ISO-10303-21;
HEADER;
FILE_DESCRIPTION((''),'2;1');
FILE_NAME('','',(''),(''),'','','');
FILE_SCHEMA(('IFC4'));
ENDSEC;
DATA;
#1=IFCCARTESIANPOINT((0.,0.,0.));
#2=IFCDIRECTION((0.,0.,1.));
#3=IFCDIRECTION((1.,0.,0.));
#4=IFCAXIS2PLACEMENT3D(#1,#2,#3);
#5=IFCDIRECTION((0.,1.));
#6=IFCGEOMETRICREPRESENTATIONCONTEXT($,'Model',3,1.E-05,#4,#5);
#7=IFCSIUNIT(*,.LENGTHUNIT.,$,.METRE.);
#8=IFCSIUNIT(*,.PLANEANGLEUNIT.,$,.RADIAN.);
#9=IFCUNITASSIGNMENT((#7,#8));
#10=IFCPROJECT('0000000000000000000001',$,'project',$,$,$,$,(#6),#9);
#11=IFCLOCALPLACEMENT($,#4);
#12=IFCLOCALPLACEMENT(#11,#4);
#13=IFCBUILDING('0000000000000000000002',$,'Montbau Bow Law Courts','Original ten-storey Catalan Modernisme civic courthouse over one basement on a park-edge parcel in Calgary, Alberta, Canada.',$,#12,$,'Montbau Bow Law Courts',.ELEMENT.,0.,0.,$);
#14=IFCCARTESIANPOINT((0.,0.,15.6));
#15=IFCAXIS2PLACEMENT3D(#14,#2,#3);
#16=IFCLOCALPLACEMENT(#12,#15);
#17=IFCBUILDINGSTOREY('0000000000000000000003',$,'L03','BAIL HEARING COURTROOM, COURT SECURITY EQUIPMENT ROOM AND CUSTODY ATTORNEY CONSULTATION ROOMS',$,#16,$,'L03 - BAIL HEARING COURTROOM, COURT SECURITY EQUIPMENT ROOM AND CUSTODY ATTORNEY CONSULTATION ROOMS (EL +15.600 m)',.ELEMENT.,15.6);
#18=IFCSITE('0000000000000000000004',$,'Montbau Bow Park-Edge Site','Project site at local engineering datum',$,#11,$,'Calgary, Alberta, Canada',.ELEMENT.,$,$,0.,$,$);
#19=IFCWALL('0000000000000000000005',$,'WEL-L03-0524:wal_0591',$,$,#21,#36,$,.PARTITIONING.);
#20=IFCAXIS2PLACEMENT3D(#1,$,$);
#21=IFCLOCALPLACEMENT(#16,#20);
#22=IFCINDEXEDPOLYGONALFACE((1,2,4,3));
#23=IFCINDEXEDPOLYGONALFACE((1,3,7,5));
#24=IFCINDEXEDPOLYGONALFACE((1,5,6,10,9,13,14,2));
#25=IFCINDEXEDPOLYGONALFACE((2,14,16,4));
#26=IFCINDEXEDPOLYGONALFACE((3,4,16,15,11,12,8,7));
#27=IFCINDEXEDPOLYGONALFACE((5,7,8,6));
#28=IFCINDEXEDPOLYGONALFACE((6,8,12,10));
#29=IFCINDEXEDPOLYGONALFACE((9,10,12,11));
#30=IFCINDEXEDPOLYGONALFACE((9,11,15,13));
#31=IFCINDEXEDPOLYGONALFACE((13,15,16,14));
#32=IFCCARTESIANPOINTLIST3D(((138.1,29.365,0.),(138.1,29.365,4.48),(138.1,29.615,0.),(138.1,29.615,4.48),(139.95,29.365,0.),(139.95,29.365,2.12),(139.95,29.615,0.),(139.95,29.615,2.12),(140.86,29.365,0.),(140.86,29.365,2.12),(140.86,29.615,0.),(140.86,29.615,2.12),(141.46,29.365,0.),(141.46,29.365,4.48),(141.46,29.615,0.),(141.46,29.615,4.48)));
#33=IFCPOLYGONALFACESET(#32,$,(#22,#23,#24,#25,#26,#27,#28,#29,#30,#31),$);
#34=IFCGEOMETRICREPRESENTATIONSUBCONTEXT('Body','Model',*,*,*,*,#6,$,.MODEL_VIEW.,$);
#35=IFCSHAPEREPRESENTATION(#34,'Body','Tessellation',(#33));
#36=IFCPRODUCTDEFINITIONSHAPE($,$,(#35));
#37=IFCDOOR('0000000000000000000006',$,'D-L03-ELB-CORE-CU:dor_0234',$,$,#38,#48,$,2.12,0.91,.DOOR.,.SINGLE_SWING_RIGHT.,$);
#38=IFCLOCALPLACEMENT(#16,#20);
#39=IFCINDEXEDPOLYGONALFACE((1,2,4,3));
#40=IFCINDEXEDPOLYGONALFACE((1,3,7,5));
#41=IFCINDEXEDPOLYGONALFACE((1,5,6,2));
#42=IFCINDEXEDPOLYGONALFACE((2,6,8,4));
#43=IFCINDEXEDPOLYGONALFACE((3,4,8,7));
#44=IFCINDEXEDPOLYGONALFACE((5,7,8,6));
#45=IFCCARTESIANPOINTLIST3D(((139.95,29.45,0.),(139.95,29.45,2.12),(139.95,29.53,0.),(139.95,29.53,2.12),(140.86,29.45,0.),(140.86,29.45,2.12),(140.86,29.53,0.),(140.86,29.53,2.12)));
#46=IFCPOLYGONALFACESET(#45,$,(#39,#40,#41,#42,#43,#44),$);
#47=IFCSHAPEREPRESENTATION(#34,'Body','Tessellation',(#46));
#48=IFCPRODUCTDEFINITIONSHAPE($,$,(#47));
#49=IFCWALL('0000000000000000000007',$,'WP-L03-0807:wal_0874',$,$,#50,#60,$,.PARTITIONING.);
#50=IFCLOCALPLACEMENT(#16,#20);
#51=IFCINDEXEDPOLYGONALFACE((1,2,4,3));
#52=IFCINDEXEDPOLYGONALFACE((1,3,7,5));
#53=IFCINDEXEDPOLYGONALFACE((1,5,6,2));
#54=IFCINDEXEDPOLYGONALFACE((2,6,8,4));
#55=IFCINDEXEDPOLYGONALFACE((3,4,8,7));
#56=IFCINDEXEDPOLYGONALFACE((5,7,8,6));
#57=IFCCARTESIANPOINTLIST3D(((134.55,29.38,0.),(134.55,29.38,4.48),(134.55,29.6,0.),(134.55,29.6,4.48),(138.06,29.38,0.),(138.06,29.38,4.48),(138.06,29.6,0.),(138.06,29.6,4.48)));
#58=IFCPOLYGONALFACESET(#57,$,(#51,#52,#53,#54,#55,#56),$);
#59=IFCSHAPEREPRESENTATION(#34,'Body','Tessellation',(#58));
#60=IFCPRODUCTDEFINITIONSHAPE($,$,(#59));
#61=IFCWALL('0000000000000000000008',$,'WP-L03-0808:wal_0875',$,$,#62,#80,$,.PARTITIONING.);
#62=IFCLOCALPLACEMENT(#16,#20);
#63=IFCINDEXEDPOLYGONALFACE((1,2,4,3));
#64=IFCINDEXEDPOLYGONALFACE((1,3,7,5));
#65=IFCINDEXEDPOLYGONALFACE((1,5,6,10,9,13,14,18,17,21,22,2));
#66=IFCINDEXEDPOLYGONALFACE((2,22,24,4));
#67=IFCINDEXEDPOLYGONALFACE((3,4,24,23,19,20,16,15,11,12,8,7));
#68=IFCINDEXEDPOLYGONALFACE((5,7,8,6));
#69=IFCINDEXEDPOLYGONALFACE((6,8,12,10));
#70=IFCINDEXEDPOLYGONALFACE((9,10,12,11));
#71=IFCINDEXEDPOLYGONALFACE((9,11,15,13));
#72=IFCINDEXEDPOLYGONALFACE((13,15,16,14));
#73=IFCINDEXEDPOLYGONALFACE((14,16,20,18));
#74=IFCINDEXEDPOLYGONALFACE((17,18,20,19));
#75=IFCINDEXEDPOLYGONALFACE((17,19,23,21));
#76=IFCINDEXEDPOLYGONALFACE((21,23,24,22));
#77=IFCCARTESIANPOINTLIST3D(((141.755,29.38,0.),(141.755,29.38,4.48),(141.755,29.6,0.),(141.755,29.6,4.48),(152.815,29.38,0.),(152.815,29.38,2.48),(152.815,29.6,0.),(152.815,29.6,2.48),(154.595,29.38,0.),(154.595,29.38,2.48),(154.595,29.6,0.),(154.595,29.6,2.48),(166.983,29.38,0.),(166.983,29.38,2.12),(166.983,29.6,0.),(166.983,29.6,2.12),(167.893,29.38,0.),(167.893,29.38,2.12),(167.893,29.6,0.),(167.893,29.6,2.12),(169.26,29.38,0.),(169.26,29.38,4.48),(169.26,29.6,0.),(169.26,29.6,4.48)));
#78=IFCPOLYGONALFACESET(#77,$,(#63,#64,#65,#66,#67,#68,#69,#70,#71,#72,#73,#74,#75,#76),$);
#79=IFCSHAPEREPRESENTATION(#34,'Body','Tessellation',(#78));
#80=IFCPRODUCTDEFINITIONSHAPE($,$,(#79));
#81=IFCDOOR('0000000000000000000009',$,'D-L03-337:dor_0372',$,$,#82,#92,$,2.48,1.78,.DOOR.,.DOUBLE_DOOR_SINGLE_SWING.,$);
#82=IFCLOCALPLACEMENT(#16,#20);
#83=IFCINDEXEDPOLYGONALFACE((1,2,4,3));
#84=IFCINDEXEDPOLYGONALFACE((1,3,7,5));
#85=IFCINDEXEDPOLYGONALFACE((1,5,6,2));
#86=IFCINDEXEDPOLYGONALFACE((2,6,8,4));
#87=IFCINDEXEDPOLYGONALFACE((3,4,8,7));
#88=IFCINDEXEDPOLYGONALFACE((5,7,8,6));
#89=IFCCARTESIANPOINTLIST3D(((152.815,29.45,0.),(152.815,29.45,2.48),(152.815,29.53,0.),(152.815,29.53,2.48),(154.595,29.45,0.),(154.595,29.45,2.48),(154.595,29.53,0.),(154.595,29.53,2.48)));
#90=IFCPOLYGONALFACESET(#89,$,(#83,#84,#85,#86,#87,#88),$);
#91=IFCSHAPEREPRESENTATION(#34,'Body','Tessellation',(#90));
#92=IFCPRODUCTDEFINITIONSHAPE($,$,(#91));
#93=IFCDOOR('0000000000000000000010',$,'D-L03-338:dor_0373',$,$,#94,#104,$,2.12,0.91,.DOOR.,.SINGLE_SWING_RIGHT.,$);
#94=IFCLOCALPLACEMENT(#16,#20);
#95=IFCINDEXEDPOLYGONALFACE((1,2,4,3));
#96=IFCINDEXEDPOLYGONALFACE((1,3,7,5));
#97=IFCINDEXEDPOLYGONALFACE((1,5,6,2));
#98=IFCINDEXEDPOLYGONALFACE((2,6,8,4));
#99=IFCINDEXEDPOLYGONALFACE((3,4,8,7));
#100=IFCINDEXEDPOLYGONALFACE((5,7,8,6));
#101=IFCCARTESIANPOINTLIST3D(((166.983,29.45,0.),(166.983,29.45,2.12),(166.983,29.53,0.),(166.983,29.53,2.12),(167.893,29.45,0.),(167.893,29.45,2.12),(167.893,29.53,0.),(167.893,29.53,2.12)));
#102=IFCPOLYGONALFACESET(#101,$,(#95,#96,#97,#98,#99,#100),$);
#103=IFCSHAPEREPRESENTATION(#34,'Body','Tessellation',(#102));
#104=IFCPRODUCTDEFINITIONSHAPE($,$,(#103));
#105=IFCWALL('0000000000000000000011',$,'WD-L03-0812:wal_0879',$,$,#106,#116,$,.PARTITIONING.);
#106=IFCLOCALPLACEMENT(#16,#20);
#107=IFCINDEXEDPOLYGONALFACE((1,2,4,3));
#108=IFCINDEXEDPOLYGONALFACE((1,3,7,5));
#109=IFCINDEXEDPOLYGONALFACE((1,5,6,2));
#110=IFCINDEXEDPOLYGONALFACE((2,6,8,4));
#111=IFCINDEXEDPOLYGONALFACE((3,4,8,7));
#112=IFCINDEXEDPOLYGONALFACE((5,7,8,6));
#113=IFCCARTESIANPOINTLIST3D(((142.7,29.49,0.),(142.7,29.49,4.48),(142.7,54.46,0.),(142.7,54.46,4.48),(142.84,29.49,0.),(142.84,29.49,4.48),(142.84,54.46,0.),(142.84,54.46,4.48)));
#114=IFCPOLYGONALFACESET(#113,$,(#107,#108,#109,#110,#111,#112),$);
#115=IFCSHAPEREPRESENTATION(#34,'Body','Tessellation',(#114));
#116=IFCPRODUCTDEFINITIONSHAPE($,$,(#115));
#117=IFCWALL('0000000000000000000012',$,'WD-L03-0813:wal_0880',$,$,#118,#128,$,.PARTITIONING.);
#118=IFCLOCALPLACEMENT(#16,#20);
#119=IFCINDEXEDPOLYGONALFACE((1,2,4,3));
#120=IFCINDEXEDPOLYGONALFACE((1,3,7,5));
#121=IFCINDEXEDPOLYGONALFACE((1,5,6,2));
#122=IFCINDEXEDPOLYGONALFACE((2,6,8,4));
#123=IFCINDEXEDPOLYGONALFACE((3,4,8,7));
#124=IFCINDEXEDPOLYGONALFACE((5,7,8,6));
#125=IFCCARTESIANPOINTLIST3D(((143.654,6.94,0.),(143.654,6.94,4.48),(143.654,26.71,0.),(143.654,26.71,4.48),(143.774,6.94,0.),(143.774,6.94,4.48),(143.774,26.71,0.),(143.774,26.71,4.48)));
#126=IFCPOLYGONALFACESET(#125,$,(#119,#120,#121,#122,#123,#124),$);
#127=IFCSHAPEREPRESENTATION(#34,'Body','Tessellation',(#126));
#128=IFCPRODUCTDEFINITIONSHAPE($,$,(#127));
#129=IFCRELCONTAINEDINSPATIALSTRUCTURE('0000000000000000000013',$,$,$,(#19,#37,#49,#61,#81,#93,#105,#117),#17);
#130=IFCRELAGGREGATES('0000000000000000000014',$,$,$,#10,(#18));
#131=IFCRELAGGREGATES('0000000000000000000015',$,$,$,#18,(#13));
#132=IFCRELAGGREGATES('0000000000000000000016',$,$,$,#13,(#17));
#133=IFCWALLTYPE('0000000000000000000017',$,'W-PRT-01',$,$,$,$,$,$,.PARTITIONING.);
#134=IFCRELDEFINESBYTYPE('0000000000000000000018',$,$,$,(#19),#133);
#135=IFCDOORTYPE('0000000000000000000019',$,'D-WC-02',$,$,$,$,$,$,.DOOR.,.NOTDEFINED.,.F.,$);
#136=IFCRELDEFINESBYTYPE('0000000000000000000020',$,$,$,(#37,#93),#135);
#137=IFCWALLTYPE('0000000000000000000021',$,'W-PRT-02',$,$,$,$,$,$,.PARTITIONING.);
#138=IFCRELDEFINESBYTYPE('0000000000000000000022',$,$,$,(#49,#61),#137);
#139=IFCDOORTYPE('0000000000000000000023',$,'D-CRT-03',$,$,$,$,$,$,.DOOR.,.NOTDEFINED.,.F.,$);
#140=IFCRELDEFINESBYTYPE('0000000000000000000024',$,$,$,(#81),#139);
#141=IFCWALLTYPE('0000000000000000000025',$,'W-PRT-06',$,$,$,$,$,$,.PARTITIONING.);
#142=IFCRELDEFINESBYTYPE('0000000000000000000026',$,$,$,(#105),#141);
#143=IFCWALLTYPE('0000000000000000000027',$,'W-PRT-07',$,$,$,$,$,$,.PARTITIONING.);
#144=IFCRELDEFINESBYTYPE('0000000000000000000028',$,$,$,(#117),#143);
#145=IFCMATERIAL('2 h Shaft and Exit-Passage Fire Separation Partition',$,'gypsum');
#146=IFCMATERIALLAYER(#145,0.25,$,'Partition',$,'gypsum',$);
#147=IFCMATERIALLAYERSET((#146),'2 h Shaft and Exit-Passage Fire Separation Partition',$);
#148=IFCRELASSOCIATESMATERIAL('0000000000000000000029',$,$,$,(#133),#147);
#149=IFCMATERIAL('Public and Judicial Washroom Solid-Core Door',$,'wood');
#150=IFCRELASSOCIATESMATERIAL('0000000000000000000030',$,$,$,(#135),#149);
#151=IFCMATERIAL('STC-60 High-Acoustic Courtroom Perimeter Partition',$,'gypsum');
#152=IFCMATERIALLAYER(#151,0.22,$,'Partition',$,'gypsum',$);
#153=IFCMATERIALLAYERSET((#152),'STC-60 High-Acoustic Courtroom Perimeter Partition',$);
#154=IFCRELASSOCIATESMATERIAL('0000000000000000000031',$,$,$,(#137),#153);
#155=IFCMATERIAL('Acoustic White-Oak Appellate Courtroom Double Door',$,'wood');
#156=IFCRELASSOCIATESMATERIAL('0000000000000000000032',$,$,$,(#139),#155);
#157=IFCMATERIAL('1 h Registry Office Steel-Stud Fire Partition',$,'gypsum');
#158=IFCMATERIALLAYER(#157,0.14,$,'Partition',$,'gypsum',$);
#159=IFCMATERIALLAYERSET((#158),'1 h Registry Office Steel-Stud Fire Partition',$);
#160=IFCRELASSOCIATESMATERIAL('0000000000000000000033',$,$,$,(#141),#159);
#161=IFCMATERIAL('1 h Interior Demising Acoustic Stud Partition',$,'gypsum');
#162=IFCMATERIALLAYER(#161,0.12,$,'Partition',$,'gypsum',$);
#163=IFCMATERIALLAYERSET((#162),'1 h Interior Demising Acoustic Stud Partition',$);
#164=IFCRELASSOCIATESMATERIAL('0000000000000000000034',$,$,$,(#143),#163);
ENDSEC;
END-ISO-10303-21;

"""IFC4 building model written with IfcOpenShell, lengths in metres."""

from ifc_helpers import new_model, si_unit, direction, frame, frame_2d, origin_with_axes, place, context, subcontext, project, spatial, rectangle, extrude, material, layer, layer_set, type_object, element, fill, save


model = new_model("IFC4")

# Units and contexts
model_context = context("Model", 3, precision=1e-05, world=origin_with_axes(), true_north=direction((0.0, 1.0)))
body_context = subcontext(model_context, "Body", "Model", "MODEL_VIEW")
ifc_project = project(units=[si_unit("LENGTHUNIT", "METRE"), si_unit("PLANEANGLEUNIT", "RADIAN")], contexts=[model_context])

# Site, building, storey
site_placement = place(None, origin_with_axes())
site = spatial("IfcSite", under=ifc_project, at=site_placement, Name="Montbau Bow Park-Edge Site", Description="Project site at local engineering datum", LongName="Calgary, Alberta, Canada", CompositionType="ELEMENT", RefElevation=0.0)
building_placement = place(site_placement, origin_with_axes())
building = spatial("IfcBuilding", under=site, at=building_placement, Name="Montbau Bow Law Courts", Description="Original ten-storey Catalan Modernisme civic courthouse over one basement on a park-edge parcel in Calgary, Alberta, Canada.", LongName="Montbau Bow Law Courts", CompositionType="ELEMENT", ElevationOfRefHeight=0.0, ElevationOfTerrain=0.0)
storey_placement = place(building_placement, frame((0.0, 0.0, 15.6), z_axis=(0.0, 0.0, 1.0), x_axis=(1.0, 0.0, 0.0)))
storey = spatial("IfcBuildingStorey", under=building, at=storey_placement, Name="L03", Description="BAIL HEARING COURTROOM, COURT SECURITY EQUIPMENT ROOM AND CUSTODY ATTORNEY CONSULTATION ROOMS", LongName="L03 - BAIL HEARING COURTROOM, COURT SECURITY EQUIPMENT ROOM AND CUSTODY ATTORNEY CONSULTATION ROOMS (EL +15.600 m)", CompositionType="ELEMENT", Elevation=15.6)

# Shared definitions
ifc_material_1 = material(Name="2 h Shaft and Exit-Passage Fire Separation Partition", Category="gypsum")
ifc_layer_1 = layer(ifc_material_1, 0.25, Name="Partition", Category="gypsum")
ifc_layer_set_1 = layer_set([ifc_layer_1], Name="2 h Shaft and Exit-Passage Fire Separation Partition")
wall_type_1 = type_object("IfcWallType", Name="W-PRT-01", PredefinedType="PARTITIONING", material=ifc_layer_set_1)

# Wall, opening, door
wall_1_placement = place(None, frame((138.1, 29.49, 15.6), z_axis=(0.0, 0.0, 1.0), x_axis=(1.0, 0.0, 0.0)))
wall_1 = element("IfcWall", 1, at=wall_1_placement, inside=storey, type_object=wall_type_1, Name="WEL-L03-0524:wal_0591", PredefinedType="PARTITIONING", context=body_context, shape_type="SweptSolid", body=[
    extrude(rectangle(XDim=3.36, YDim=0.25, at=frame_2d((1.68, 0.0), x_axis=(1.0, 0.0))), origin_with_axes(), (0.0, 0.0, 1.0), 4.48),
])
opening_1_placement = place(None, frame((140.405, 29.49, 15.6), z_axis=(0.0, 0.0, 1.0), x_axis=(1.0, 0.0, 0.0)))
opening_1 = element("IfcOpeningElement", 2, at=opening_1_placement, cuts=wall_1, PredefinedType="OPENING", context=body_context, shape_type="SweptSolid", body=[
    extrude(rectangle(XDim=0.91, YDim=2.12, at=frame_2d((0.0, 1.06), x_axis=(1.0, 0.0))), frame((0.0, 0.135, 0.0), z_axis=(0.0, -1.0, 0.0), x_axis=(1.0, 0.0, 0.0)), (0.0, 0.0, 1.0), 0.27),
])
ifc_material_2 = material(Name="Public and Judicial Washroom Solid-Core Door", Category="wood")
door_type_1 = type_object("IfcDoorType", Name="D-WC-02", OperationType="NOTDEFINED", ParameterTakesPrecedence=False, PredefinedType="DOOR", material=ifc_material_2)
door_1_placement = place(None, frame((140.405, 29.49, 15.6), z_axis=(0.0, 0.0, 1.0), x_axis=(1.0, 0.0, 0.0)))
door_1 = element("IfcDoor", 3, at=door_1_placement, inside=storey, type_object=door_type_1, Name="D-L03-ELB-CORE-CU:dor_0234", OperationType="SINGLE_SWING_RIGHT", OverallHeight=2.12, OverallWidth=0.91, PredefinedType="DOOR", context=body_context, shape_type="SweptSolid", body=[
    extrude(rectangle(XDim=0.91, YDim=2.12, at=frame_2d((0.0, 1.06), x_axis=(1.0, 0.0))), frame((0.0, 0.04, 0.0), z_axis=(0.0, -1.0, 0.0), x_axis=(1.0, 0.0, 0.0)), (0.0, 0.0, 1.0), 0.08),
])
fill(opening_1, door_1)

# Wall
ifc_material_3 = material(Name="STC-60 High-Acoustic Courtroom Perimeter Partition", Category="gypsum")
ifc_layer_2 = layer(ifc_material_3, 0.22, Name="Partition", Category="gypsum")
ifc_layer_set_2 = layer_set([ifc_layer_2], Name="STC-60 High-Acoustic Courtroom Perimeter Partition")
wall_type_2 = type_object("IfcWallType", Name="W-PRT-02", PredefinedType="PARTITIONING", material=ifc_layer_set_2)
wall_2_placement = place(None, frame((134.55, 29.49, 15.6), z_axis=(0.0, 0.0, 1.0), x_axis=(1.0, 0.0, 0.0)))
element("IfcWall", 4, at=wall_2_placement, inside=storey, type_object=wall_type_2, Name="WP-L03-0807:wal_0874", PredefinedType="PARTITIONING", context=body_context, shape_type="SweptSolid", body=[
    extrude(rectangle(XDim=3.51, YDim=0.22, at=frame_2d((1.755, 0.0), x_axis=(1.0, 0.0))), origin_with_axes(), (0.0, 0.0, 1.0), 4.48),
])

# Wall, openings, doors
wall_3_placement = place(None, frame((141.755, 29.49, 15.6), z_axis=(0.0, 0.0, 1.0), x_axis=(1.0, 0.0, 0.0)))
wall_3 = element("IfcWall", 5, at=wall_3_placement, inside=storey, type_object=wall_type_2, Name="WP-L03-0808:wal_0875", PredefinedType="PARTITIONING", context=body_context, shape_type="SweptSolid", body=[
    extrude(rectangle(XDim=27.505, YDim=0.22, at=frame_2d((13.7525, 0.0), x_axis=(1.0, 0.0))), origin_with_axes(), (0.0, 0.0, 1.0), 4.48),
])
opening_2_placement = place(None, frame((153.705, 29.49, 15.6), z_axis=(0.0, 0.0, 1.0), x_axis=(1.0, 0.0, 0.0)))
opening_2 = element("IfcOpeningElement", 6, at=opening_2_placement, cuts=wall_3, PredefinedType="OPENING", context=body_context, shape_type="SweptSolid", body=[
    extrude(rectangle(XDim=1.78, YDim=2.48, at=frame_2d((0.0, 1.24), x_axis=(1.0, 0.0))), frame((0.0, 0.12, 0.0), z_axis=(0.0, -1.0, 0.0), x_axis=(1.0, 0.0, 0.0)), (0.0, 0.0, 1.0), 0.24),
])
opening_3_placement = place(None, frame((167.438, 29.49, 15.6), z_axis=(0.0, 0.0, 1.0), x_axis=(1.0, 0.0, 0.0)))
opening_3 = element("IfcOpeningElement", 7, at=opening_3_placement, cuts=wall_3, PredefinedType="OPENING", context=body_context, shape_type="SweptSolid", body=[
    extrude(rectangle(XDim=0.91, YDim=2.12, at=frame_2d((0.0, 1.06), x_axis=(1.0, 0.0))), frame((0.0, 0.12, 0.0), z_axis=(0.0, -1.0, 0.0), x_axis=(1.0, 0.0, 0.0)), (0.0, 0.0, 1.0), 0.24),
])
ifc_material_4 = material(Name="Acoustic White-Oak Appellate Courtroom Double Door", Category="wood")
door_type_2 = type_object("IfcDoorType", Name="D-CRT-03", OperationType="NOTDEFINED", ParameterTakesPrecedence=False, PredefinedType="DOOR", material=ifc_material_4)
door_2_placement = place(None, frame((153.705, 29.49, 15.6), z_axis=(0.0, 0.0, 1.0), x_axis=(-1.0, 0.0, 0.0)))
door_2 = element("IfcDoor", 8, at=door_2_placement, inside=storey, type_object=door_type_2, Name="D-L03-337:dor_0372", OperationType="DOUBLE_DOOR_SINGLE_SWING", OverallHeight=2.48, OverallWidth=1.78, PredefinedType="DOOR", context=body_context, shape_type="SweptSolid", body=[
    extrude(rectangle(XDim=1.78, YDim=2.48, at=frame_2d((0.0, 1.24), x_axis=(1.0, 0.0))), frame((0.0, 0.04, 0.0), z_axis=(0.0, -1.0, 0.0), x_axis=(1.0, 0.0, 0.0)), (0.0, 0.0, 1.0), 0.08),
])
fill(opening_2, door_2)
door_3_placement = place(None, frame((167.438, 29.49, 15.6), z_axis=(0.0, 0.0, 1.0), x_axis=(-1.0, 0.0, 0.0)))
door_3 = element("IfcDoor", 9, at=door_3_placement, inside=storey, type_object=door_type_1, Name="D-L03-338:dor_0373", OperationType="SINGLE_SWING_RIGHT", OverallHeight=2.12, OverallWidth=0.91, PredefinedType="DOOR", context=body_context, shape_type="SweptSolid", body=[
    extrude(rectangle(XDim=0.91, YDim=2.12, at=frame_2d((0.0, 1.06), x_axis=(1.0, 0.0))), frame((0.0, 0.04, 0.0), z_axis=(0.0, -1.0, 0.0), x_axis=(1.0, 0.0, 0.0)), (0.0, 0.0, 1.0), 0.08),
])
fill(opening_3, door_3)

# Walls
ifc_material_5 = material(Name="1 h Registry Office Steel-Stud Fire Partition", Category="gypsum")
ifc_layer_3 = layer(ifc_material_5, 0.14, Name="Partition", Category="gypsum")
ifc_layer_set_3 = layer_set([ifc_layer_3], Name="1 h Registry Office Steel-Stud Fire Partition")
wall_type_3 = type_object("IfcWallType", Name="W-PRT-06", PredefinedType="PARTITIONING", material=ifc_layer_set_3)
wall_4_placement = place(None, frame((142.77, 29.49, 15.6), z_axis=(0.0, 0.0, 1.0), x_axis=(0.0, 1.0, 0.0)))
element("IfcWall", 10, at=wall_4_placement, inside=storey, type_object=wall_type_3, Name="WD-L03-0812:wal_0879", PredefinedType="PARTITIONING", context=body_context, shape_type="SweptSolid", body=[
    extrude(rectangle(XDim=24.97, YDim=0.14, at=frame_2d((12.485, 0.0), x_axis=(1.0, 0.0))), origin_with_axes(), (0.0, 0.0, 1.0), 4.48),
])
ifc_material_6 = material(Name="1 h Interior Demising Acoustic Stud Partition", Category="gypsum")
ifc_layer_4 = layer(ifc_material_6, 0.12, Name="Partition", Category="gypsum")
ifc_layer_set_4 = layer_set([ifc_layer_4], Name="1 h Interior Demising Acoustic Stud Partition")
wall_type_4 = type_object("IfcWallType", Name="W-PRT-07", PredefinedType="PARTITIONING", material=ifc_layer_set_4)
wall_5_placement = place(None, frame((143.714, 6.94, 15.6), z_axis=(0.0, 0.0, 1.0), x_axis=(0.0, 1.0, 0.0)))
element("IfcWall", 11, at=wall_5_placement, inside=storey, type_object=wall_type_4, Name="WD-L03-0813:wal_0880", PredefinedType="PARTITIONING", context=body_context, shape_type="SweptSolid", body=[
    extrude(rectangle(XDim=19.77, YDim=0.12, at=frame_2d((9.885, 0.0), x_axis=(1.0, 0.0))), origin_with_axes(), (0.0, 0.0, 1.0), 4.48),
])

save(model, "model.ifc")
